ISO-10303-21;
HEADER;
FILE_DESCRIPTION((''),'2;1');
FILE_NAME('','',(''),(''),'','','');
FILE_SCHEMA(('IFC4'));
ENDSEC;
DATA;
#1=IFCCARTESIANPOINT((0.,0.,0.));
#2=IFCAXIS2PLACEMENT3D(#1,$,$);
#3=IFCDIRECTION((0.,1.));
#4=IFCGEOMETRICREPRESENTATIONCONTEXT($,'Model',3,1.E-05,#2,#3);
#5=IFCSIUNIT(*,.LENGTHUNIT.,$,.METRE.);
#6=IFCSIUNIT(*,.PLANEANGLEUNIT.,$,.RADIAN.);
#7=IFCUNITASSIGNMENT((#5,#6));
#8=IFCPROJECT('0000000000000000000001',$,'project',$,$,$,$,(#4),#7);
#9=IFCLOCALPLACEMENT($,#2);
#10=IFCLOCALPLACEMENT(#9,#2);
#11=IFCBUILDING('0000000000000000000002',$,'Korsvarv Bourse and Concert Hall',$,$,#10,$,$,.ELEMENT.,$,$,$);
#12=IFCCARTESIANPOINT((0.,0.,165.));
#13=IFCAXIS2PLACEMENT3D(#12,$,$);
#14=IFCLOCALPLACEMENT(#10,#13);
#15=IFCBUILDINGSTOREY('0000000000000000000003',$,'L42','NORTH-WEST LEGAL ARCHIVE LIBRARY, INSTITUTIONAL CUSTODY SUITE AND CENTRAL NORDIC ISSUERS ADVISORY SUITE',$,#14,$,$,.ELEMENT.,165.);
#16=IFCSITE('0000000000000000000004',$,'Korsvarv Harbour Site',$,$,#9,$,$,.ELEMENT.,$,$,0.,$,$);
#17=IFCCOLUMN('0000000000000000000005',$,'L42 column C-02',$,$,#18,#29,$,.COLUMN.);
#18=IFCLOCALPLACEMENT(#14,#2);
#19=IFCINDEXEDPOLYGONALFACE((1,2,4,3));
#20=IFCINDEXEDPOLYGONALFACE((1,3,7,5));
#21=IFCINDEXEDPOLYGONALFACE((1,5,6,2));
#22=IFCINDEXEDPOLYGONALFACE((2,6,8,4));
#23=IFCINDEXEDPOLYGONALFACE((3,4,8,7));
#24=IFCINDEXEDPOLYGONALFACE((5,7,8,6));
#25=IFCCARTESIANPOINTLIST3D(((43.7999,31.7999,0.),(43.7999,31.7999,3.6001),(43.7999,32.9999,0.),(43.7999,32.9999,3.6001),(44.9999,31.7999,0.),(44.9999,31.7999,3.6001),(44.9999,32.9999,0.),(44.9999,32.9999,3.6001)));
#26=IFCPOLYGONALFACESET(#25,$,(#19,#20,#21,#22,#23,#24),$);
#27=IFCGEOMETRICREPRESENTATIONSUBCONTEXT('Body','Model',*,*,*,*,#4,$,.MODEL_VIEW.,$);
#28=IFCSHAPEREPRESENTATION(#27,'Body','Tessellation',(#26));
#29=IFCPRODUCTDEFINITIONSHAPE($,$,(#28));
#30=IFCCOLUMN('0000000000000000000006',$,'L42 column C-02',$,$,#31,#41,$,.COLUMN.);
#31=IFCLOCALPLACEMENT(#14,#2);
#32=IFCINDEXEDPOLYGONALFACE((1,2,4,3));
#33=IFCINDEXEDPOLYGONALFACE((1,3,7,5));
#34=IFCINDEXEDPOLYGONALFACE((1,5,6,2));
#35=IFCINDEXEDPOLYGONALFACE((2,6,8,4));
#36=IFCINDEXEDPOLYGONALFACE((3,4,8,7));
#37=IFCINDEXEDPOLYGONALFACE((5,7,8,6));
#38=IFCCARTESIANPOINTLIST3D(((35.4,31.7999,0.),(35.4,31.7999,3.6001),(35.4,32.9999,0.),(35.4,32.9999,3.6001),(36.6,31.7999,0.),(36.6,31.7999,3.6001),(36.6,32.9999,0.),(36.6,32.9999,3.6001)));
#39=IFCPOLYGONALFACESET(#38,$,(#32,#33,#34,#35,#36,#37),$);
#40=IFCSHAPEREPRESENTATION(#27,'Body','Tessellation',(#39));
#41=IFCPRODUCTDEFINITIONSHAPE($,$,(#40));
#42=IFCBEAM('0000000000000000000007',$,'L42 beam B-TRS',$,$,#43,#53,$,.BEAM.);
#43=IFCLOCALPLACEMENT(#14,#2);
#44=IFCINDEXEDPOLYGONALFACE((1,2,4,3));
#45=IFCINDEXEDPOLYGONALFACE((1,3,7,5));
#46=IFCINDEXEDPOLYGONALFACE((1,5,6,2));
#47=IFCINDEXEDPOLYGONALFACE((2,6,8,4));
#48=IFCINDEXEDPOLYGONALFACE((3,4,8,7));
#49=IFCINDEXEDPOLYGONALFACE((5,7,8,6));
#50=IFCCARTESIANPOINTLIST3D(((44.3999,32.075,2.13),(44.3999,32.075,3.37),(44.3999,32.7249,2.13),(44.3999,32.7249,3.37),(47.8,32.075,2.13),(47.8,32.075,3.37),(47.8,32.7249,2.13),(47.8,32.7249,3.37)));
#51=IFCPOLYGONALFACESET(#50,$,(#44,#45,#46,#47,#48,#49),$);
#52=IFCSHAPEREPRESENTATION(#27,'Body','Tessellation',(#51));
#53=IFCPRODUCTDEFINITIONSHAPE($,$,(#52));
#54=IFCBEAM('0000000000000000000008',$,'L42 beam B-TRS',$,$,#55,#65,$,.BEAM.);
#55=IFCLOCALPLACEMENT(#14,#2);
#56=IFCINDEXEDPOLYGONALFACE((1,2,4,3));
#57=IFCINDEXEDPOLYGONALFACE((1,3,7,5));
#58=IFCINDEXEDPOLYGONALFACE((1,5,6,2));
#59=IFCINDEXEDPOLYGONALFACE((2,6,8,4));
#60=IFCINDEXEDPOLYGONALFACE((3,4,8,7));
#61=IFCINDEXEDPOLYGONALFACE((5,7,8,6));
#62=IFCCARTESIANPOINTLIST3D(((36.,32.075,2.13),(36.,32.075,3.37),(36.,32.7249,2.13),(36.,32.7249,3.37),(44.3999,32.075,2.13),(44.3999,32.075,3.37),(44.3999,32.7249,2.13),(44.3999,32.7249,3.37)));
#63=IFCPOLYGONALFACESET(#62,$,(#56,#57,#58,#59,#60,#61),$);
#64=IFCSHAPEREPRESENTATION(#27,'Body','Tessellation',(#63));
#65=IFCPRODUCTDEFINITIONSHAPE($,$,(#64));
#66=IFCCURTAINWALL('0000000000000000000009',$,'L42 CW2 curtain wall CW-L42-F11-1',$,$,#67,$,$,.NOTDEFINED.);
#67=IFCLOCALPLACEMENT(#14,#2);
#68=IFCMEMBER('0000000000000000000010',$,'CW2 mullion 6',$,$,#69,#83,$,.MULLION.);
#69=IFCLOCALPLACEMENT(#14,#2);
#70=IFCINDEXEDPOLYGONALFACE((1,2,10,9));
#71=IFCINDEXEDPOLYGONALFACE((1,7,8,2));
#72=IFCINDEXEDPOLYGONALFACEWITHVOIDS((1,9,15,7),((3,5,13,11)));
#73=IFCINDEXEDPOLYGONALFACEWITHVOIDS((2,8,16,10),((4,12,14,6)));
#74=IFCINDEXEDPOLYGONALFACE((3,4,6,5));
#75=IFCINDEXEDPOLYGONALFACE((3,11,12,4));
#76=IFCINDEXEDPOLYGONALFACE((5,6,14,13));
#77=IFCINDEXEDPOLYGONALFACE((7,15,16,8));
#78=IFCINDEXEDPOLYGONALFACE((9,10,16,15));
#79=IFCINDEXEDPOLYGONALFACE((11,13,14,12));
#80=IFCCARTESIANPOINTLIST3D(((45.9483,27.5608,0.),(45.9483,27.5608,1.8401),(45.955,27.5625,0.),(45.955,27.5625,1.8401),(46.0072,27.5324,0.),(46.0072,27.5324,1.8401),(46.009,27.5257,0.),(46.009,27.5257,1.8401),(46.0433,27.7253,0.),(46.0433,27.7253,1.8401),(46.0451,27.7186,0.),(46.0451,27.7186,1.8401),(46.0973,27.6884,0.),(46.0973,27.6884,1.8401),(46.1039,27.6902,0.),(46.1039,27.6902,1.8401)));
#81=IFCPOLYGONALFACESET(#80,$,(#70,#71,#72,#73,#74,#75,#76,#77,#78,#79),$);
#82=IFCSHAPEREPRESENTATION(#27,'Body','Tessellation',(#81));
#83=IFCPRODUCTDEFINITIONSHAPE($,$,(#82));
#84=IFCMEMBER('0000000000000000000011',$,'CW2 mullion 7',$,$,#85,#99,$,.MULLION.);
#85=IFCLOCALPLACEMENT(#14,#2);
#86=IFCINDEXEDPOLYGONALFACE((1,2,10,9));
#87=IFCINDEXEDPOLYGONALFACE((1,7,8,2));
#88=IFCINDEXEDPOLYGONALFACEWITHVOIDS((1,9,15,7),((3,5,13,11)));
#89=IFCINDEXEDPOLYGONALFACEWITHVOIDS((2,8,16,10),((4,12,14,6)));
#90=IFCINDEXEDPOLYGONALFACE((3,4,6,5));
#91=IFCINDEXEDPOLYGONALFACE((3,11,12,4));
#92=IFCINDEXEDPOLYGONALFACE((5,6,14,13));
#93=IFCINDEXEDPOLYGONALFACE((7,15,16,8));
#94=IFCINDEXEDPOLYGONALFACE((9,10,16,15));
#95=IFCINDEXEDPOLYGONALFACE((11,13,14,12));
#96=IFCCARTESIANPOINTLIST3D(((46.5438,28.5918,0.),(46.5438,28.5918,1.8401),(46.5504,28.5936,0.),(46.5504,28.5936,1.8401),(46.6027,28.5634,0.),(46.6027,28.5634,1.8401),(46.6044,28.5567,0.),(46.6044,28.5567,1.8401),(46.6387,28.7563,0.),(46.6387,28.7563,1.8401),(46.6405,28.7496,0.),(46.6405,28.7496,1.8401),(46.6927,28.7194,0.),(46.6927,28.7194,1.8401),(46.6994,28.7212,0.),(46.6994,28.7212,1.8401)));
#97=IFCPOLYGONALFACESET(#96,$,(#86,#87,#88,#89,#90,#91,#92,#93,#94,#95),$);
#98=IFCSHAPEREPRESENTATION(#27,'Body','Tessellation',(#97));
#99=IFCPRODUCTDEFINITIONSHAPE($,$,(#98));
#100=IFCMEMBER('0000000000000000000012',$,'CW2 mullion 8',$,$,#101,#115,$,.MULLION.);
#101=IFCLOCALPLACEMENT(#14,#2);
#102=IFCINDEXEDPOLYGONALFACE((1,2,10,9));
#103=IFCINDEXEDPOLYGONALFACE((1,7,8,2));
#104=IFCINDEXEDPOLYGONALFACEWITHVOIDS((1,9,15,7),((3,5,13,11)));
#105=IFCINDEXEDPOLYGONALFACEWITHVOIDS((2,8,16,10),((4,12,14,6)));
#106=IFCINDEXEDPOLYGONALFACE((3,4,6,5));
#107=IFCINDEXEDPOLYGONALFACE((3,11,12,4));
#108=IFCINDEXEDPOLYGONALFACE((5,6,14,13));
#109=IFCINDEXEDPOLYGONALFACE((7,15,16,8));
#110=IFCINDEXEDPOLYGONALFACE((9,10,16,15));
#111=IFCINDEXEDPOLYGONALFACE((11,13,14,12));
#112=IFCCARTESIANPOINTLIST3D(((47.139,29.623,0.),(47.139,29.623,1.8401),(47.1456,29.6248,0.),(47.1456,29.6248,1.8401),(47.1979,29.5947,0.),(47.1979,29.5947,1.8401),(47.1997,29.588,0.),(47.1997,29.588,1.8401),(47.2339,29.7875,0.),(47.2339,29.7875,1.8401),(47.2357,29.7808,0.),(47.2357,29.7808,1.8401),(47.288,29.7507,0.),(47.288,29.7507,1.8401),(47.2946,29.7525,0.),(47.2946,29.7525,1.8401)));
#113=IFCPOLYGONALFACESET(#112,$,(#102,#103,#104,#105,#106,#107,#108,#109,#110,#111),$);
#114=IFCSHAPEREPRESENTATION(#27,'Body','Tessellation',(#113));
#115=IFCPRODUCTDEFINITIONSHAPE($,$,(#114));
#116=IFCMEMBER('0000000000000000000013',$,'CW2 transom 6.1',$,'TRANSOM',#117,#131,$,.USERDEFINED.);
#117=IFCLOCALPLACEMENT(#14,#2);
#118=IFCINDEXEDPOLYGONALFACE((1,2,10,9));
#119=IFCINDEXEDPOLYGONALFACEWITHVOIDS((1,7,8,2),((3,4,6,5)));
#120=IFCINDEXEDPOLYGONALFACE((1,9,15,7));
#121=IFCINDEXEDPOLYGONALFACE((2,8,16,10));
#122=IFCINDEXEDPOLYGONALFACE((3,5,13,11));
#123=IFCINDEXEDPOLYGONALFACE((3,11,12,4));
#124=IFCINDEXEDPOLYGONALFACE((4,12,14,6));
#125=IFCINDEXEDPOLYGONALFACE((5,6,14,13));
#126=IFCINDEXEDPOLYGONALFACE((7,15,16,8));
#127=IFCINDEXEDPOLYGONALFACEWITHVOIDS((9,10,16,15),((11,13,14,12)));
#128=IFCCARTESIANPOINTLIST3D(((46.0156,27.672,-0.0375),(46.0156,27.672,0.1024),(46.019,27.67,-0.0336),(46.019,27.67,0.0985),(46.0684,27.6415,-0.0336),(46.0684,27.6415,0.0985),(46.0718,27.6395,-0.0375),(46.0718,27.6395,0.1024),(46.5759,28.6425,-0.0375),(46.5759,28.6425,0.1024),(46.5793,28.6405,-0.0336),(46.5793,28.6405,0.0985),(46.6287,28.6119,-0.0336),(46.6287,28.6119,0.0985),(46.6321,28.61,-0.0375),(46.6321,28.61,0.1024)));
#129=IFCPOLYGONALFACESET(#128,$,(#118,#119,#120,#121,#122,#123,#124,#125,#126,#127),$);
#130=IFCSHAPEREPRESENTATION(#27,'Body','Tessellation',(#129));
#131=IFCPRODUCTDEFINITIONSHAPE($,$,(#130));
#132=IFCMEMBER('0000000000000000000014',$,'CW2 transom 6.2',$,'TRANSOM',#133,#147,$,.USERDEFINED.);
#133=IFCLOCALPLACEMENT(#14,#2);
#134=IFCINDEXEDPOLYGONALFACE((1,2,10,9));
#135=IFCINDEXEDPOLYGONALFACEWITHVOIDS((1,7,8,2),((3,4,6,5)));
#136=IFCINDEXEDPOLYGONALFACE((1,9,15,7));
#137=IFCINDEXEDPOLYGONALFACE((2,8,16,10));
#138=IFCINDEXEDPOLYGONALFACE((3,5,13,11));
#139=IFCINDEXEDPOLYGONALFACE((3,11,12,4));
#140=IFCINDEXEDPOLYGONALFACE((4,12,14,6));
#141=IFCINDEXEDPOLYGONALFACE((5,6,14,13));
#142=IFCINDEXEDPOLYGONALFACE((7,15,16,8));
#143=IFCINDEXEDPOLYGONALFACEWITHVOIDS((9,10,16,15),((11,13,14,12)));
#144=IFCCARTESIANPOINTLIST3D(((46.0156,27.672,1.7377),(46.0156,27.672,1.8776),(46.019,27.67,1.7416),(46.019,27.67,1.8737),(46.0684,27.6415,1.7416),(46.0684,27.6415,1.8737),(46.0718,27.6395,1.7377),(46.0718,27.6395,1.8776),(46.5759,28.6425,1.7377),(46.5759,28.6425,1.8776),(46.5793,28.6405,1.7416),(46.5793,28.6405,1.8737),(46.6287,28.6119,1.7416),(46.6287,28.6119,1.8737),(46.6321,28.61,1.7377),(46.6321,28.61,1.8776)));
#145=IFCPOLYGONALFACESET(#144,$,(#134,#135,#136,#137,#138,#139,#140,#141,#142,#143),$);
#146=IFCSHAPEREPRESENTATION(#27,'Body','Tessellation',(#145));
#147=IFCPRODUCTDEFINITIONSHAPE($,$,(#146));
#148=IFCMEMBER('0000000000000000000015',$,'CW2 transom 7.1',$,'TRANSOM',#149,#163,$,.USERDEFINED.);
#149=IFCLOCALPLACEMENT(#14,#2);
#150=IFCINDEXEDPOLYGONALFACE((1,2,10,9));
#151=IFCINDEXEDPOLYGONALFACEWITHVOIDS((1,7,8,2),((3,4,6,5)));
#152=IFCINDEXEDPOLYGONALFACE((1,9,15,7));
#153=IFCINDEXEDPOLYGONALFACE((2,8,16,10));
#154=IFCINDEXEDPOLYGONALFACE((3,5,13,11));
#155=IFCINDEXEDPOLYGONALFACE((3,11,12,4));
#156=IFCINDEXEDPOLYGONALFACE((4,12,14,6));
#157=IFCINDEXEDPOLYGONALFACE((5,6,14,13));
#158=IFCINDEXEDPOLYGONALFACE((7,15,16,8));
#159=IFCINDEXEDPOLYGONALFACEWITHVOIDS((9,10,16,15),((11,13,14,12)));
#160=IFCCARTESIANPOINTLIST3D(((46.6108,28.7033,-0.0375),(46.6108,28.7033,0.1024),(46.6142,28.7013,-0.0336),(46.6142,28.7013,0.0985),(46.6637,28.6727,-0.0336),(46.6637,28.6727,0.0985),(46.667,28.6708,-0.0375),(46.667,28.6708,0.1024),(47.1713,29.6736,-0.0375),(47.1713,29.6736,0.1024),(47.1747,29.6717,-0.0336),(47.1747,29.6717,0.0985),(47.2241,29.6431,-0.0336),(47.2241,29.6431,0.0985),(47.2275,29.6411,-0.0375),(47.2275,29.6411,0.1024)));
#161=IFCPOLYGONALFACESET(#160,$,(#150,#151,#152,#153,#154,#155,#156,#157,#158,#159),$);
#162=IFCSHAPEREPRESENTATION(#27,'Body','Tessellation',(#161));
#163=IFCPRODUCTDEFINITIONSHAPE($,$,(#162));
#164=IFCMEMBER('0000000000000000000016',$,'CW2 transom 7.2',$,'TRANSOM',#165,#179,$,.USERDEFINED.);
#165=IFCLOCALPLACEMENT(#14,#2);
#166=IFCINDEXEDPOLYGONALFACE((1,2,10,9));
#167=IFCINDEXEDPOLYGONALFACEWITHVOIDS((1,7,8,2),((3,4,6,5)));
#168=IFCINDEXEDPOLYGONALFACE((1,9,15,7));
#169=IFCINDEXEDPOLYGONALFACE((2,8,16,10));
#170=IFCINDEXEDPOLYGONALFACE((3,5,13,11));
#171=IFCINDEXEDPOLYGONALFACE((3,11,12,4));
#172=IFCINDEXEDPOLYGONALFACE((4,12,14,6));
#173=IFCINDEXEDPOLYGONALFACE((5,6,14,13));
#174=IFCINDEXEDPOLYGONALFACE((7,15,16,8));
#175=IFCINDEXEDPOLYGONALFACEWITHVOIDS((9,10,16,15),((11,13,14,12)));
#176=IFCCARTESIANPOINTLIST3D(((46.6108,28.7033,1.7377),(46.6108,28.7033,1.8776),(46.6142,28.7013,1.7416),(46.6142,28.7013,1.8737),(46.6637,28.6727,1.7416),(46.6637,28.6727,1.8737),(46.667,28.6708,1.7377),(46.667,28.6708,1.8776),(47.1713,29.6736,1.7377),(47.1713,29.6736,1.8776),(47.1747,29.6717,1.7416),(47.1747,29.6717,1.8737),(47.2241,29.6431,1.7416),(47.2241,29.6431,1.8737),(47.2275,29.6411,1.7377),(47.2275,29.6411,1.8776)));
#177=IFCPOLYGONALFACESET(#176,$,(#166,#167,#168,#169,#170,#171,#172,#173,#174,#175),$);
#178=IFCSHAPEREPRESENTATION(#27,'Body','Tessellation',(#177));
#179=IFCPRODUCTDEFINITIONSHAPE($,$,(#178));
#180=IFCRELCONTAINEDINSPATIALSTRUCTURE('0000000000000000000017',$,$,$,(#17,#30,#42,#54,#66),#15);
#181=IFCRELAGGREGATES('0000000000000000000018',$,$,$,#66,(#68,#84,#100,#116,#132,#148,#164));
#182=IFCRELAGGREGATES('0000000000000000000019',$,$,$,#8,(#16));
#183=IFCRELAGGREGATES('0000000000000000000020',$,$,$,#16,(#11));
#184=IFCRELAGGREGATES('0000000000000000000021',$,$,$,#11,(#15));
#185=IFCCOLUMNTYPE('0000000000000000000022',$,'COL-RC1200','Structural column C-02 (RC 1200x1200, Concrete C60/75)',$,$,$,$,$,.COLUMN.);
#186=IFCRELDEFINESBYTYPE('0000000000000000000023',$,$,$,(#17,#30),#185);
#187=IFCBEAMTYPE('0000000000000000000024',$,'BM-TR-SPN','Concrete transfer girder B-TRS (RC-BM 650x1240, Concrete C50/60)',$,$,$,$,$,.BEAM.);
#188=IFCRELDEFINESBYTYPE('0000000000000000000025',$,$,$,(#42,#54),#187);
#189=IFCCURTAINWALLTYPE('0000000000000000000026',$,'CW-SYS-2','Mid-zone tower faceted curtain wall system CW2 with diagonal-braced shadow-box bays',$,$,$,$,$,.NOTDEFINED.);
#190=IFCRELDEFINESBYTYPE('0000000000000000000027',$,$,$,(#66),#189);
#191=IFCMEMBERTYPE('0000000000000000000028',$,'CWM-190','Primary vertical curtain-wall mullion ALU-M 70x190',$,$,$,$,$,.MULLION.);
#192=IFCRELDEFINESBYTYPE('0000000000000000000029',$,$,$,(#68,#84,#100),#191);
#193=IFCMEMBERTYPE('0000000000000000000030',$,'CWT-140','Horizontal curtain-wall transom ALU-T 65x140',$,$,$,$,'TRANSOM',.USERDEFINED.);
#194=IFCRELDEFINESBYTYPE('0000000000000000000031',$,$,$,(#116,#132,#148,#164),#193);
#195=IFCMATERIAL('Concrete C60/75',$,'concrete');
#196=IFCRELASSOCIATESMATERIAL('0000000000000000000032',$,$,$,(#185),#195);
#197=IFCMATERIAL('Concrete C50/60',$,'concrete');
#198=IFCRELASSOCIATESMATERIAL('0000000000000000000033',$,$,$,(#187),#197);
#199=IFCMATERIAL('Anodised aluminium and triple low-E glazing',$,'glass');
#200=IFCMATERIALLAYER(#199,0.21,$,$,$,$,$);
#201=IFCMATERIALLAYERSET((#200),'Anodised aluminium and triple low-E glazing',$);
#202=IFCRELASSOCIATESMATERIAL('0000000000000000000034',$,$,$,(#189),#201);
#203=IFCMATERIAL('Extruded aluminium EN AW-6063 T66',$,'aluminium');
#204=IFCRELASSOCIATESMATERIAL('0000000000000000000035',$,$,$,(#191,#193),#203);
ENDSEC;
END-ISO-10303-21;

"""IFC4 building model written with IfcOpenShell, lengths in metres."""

from ifc_helpers import new_model, si_unit, direction, frame, origin, origin_2d, place, context, subcontext, project, spatial, rectangle, hollow_rectangle, extrude, source, transform, mapped, material, layer, layer_set, material_profile, profile_set, type_object, element, aggregate, save


model = new_model("IFC4")

# Units and contexts
model_context = context("Model", 3, precision=1e-05, world=origin(), true_north=direction((0.0, 1.0)))
body_context = subcontext(model_context, "Body", "Model", "MODEL_VIEW")
ifc_project = project(units=[si_unit("LENGTHUNIT", "METRE"), si_unit("PLANEANGLEUNIT", "RADIAN")], contexts=[model_context])

# Site, building, storey
site_placement = place(None, origin())
site = spatial("IfcSite", under=ifc_project, at=site_placement, Name="Korsvarv Harbour Site", CompositionType="ELEMENT", RefElevation=0.0)
building_placement = place(site_placement, origin())
building = spatial("IfcBuilding", under=site, at=building_placement, Name="Korsvarv Bourse and Concert Hall", CompositionType="ELEMENT")
storey_placement = place(building_placement, frame((0.0, 0.0, 165.0)))
storey = spatial("IfcBuildingStorey", under=building, at=storey_placement, Name="L42", Description="NORTH-WEST LEGAL ARCHIVE LIBRARY, INSTITUTIONAL CUSTODY SUITE AND CENTRAL NORDIC ISSUERS ADVISORY SUITE", CompositionType="ELEMENT", Elevation=165.0)

# Columns
ifc_material_1 = material(Name="Concrete C60/75", Category="concrete")
ifc_material_profile_1 = material_profile(ifc_material_1, rectangle(XDim=1.2, YDim=1.2, at=origin_2d()), Name="RC 1200x1200")
ifc_profile_set_1 = profile_set([ifc_material_profile_1], Name="Concrete C60/75")
column_type = type_object("IfcColumnType", Name="COL-RC1200", Description="Structural column C-02 (RC 1200x1200, Concrete C60/75)", PredefinedType="COLUMN", material=ifc_profile_set_1)
shared_shape_1 = source(origin(), body_context, "Body", "SweptSolid", [
    extrude(rectangle(XDim=1.2, YDim=1.2, at=origin_2d()), origin(), (0.0, 0.0, 1.0), 3.6001),
])
for number, where, z_axis, x_axis, name in (
    (1, (44.3999, 32.3999, 0.0), (0.0, 0.0, 1.0), (1.0, 0.0, 0.0), "L42 column C-02"),
    (2, (36.0, 32.3999, 0.0), (0.0, 0.0, 1.0), (1.0, 0.0, 0.0), "L42 column C-02"),
):
    element("IfcColumn", number, at=place(storey_placement, frame(where, z_axis=z_axis, x_axis=x_axis)), inside=storey, type_object=column_type, Name=name, PredefinedType="COLUMN", context=body_context, shape_type="MappedRepresentation", body=[
        mapped(shared_shape_1, transform((0.0, 0.0, 0.0), scale=1.0)),
    ])

# Beams
ifc_material_2 = material(Name="Concrete C50/60", Category="concrete")
ifc_material_profile_2 = material_profile(ifc_material_2, rectangle(XDim=0.6499, YDim=1.24, at=origin_2d()), Name="RC-BM 650x1240")
ifc_profile_set_2 = profile_set([ifc_material_profile_2], Name="Concrete C50/60")
beam_type = type_object("IfcBeamType", Name="BM-TR-SPN", Description="Concrete transfer girder B-TRS (RC-BM 650x1240, Concrete C50/60)", PredefinedType="BEAM", material=ifc_profile_set_2)
shared_shape_2 = source(origin(), body_context, "Body", "SweptSolid", [
    extrude(rectangle(XDim=0.6499, YDim=1.24, at=origin_2d()), origin(), (0.0, 0.0, 1.0), 3.4001),
])
beam_1_placement = place(storey_placement, frame((44.3999, 32.3999, 2.75), z_axis=(1.0, 0.0, 0.0), x_axis=(0.0, 1.0, 0.0)))
element("IfcBeam", 3, at=beam_1_placement, inside=storey, type_object=beam_type, Name="L42 beam B-TRS", PredefinedType="BEAM", context=body_context, shape_type="MappedRepresentation", body=[
    mapped(shared_shape_2, transform((0.0, 0.0, 0.0), scale=1.0)),
])
shared_shape_3 = source(origin(), body_context, "Body", "SweptSolid", [
    extrude(rectangle(XDim=0.6499, YDim=1.24, at=origin_2d()), origin(), (0.0, 0.0, 1.0), 8.3999),
])
beam_2_placement = place(storey_placement, frame((36.0, 32.3999, 2.75), z_axis=(1.0, 0.0, 0.0), x_axis=(0.0, 1.0, 0.0)))
element("IfcBeam", 4, at=beam_2_placement, inside=storey, type_object=beam_type, Name="L42 beam B-TRS", PredefinedType="BEAM", context=body_context, shape_type="MappedRepresentation", body=[
    mapped(shared_shape_3, transform((0.0, 0.0, 0.0), scale=1.0)),
])

# Curtain wall, members
ifc_material_3 = material(Name="Anodised aluminium and triple low-E glazing", Category="glass")
ifc_layer_1 = layer(ifc_material_3, 0.21)
ifc_layer_set_1 = layer_set([ifc_layer_1], Name="Anodised aluminium and triple low-E glazing")
curtain_wall_type = type_object("IfcCurtainWallType", Name="CW-SYS-2", Description="Mid-zone tower faceted curtain wall system CW2 with diagonal-braced shadow-box bays", PredefinedType="NOTDEFINED", material=ifc_layer_set_1)
curtain_wall_placement = place(storey_placement, origin())
curtain_wall = element("IfcCurtainWall", 5, at=curtain_wall_placement, inside=storey, type_object=curtain_wall_type, Name="L42 CW2 curtain wall CW-L42-F11-1", PredefinedType="NOTDEFINED")
ifc_material_4 = material(Name="Extruded aluminium EN AW-6063 T66", Category="aluminium")
ifc_material_profile_3 = material_profile(ifc_material_4, hollow_rectangle(XDim=0.0701, YDim=0.1899, WallThickness=0.0049, at=origin_2d()), Name="ALU-M 70x190")
ifc_profile_set_3 = profile_set([ifc_material_profile_3], Name="Extruded aluminium EN AW-6063 T66")
member_type_1 = type_object("IfcMemberType", Name="CWM-190", Description="Primary vertical curtain-wall mullion ALU-M 70x190", PredefinedType="MULLION", material=ifc_profile_set_3)
shared_shape_4 = source(origin(), body_context, "Body", "SweptSolid", [
    extrude(hollow_rectangle(XDim=0.0701, YDim=0.1899, WallThickness=0.0049, at=origin_2d()), origin(), (0.0, 0.0, 1.0), 1.8401),
])
member_1_placement = place(storey_placement, frame((46.0261, 27.6255, 0.0), z_axis=(0.0, 0.0, 1.0), x_axis=(-0.866026, 0.499998, 0.0)))
member_1 = element("IfcMember", 6, at=member_1_placement, type_object=member_type_1, Name="CW2 mullion 6", PredefinedType="MULLION", context=body_context, shape_type="MappedRepresentation", body=[
    mapped(shared_shape_4, transform((0.0, 0.0, 0.0), scale=1.0)),
])
member_2_placement = place(storey_placement, frame((46.6216, 28.6565, 0.0), z_axis=(0.0, 0.0, 1.0), x_axis=(-0.866026, 0.499998, 0.0)))
member_2 = element("IfcMember", 7, at=member_2_placement, type_object=member_type_1, Name="CW2 mullion 7", PredefinedType="MULLION", context=body_context, shape_type="MappedRepresentation", body=[
    mapped(shared_shape_4, transform((0.0, 0.0, 0.0), scale=1.0)),
])
member_3_placement = place(storey_placement, frame((47.2168, 29.6877, 0.0), z_axis=(0.0, 0.0, 1.0), x_axis=(-0.866026, 0.499998, 0.0)))
member_3 = element("IfcMember", 8, at=member_3_placement, type_object=member_type_1, Name="CW2 mullion 8", PredefinedType="MULLION", context=body_context, shape_type="MappedRepresentation", body=[
    mapped(shared_shape_4, transform((0.0, 0.0, 0.0), scale=1.0)),
])
ifc_material_profile_4 = material_profile(ifc_material_4, hollow_rectangle(XDim=0.0649, YDim=0.1399, WallThickness=0.0039, at=origin_2d()), Name="ALU-T 65x140")
ifc_profile_set_4 = profile_set([ifc_material_profile_4], Name="Extruded aluminium EN AW-6063 T66")
member_type_2 = type_object("IfcMemberType", Name="CWT-140", Description="Horizontal curtain-wall transom ALU-T 65x140", ElementType="TRANSOM", PredefinedType="USERDEFINED", material=ifc_profile_set_4)
shared_shape_5 = source(origin(), body_context, "Body", "SweptSolid", [
    extrude(hollow_rectangle(XDim=0.0649, YDim=0.1399, WallThickness=0.0039, at=origin_2d()), origin(), (0.0, 0.0, 1.0), 1.1206),
])
member_4_placement = place(storey_placement, frame((46.0437, 27.6558, 0.0325), z_axis=(0.500005, 0.866022, 0.0), x_axis=(-0.866022, 0.500005, 0.0)))
member_4 = element("IfcMember", 9, at=member_4_placement, type_object=member_type_2, Name="CW2 transom 6.1", ObjectType="TRANSOM", PredefinedType="USERDEFINED", context=body_context, shape_type="MappedRepresentation", body=[
    mapped(shared_shape_5, transform((0.0, 0.0, 0.0), scale=1.0)),
])
member_5_placement = place(storey_placement, frame((46.0437, 27.6558, 1.8076), z_axis=(0.500005, 0.866022, 0.0), x_axis=(-0.866022, 0.500005, 0.0)))
member_5 = element("IfcMember", 10, at=member_5_placement, type_object=member_type_2, Name="CW2 transom 6.2", ObjectType="TRANSOM", PredefinedType="USERDEFINED", context=body_context, shape_type="MappedRepresentation", body=[
    mapped(shared_shape_5, transform((0.0, 0.0, 0.0), scale=1.0)),
])
member_6_placement = place(storey_placement, frame((46.6389, 28.687, 0.0325), z_axis=(0.500169, 0.865928, 0.0), x_axis=(-0.865928, 0.500169, 0.0)))
member_6 = element("IfcMember", 11, at=member_6_placement, type_object=member_type_2, Name="CW2 transom 7.1", ObjectType="TRANSOM", PredefinedType="USERDEFINED", context=body_context, shape_type="MappedRepresentation", body=[
    mapped(shared_shape_5, transform((0.0, 0.0, 0.0), scale=1.0)),
])
member_7_placement = place(storey_placement, frame((46.6389, 28.687, 1.8076), z_axis=(0.500169, 0.865928, 0.0), x_axis=(-0.865928, 0.500169, 0.0)))
member_7 = element("IfcMember", 12, at=member_7_placement, type_object=member_type_2, Name="CW2 transom 7.2", ObjectType="TRANSOM", PredefinedType="USERDEFINED", context=body_context, shape_type="MappedRepresentation", body=[
    mapped(shared_shape_5, transform((0.0, 0.0, 0.0), scale=1.0)),
])
aggregate(curtain_wall, [member_1, member_2, member_3, member_4, member_5, member_6, member_7])

save(model, "model.ifc")
